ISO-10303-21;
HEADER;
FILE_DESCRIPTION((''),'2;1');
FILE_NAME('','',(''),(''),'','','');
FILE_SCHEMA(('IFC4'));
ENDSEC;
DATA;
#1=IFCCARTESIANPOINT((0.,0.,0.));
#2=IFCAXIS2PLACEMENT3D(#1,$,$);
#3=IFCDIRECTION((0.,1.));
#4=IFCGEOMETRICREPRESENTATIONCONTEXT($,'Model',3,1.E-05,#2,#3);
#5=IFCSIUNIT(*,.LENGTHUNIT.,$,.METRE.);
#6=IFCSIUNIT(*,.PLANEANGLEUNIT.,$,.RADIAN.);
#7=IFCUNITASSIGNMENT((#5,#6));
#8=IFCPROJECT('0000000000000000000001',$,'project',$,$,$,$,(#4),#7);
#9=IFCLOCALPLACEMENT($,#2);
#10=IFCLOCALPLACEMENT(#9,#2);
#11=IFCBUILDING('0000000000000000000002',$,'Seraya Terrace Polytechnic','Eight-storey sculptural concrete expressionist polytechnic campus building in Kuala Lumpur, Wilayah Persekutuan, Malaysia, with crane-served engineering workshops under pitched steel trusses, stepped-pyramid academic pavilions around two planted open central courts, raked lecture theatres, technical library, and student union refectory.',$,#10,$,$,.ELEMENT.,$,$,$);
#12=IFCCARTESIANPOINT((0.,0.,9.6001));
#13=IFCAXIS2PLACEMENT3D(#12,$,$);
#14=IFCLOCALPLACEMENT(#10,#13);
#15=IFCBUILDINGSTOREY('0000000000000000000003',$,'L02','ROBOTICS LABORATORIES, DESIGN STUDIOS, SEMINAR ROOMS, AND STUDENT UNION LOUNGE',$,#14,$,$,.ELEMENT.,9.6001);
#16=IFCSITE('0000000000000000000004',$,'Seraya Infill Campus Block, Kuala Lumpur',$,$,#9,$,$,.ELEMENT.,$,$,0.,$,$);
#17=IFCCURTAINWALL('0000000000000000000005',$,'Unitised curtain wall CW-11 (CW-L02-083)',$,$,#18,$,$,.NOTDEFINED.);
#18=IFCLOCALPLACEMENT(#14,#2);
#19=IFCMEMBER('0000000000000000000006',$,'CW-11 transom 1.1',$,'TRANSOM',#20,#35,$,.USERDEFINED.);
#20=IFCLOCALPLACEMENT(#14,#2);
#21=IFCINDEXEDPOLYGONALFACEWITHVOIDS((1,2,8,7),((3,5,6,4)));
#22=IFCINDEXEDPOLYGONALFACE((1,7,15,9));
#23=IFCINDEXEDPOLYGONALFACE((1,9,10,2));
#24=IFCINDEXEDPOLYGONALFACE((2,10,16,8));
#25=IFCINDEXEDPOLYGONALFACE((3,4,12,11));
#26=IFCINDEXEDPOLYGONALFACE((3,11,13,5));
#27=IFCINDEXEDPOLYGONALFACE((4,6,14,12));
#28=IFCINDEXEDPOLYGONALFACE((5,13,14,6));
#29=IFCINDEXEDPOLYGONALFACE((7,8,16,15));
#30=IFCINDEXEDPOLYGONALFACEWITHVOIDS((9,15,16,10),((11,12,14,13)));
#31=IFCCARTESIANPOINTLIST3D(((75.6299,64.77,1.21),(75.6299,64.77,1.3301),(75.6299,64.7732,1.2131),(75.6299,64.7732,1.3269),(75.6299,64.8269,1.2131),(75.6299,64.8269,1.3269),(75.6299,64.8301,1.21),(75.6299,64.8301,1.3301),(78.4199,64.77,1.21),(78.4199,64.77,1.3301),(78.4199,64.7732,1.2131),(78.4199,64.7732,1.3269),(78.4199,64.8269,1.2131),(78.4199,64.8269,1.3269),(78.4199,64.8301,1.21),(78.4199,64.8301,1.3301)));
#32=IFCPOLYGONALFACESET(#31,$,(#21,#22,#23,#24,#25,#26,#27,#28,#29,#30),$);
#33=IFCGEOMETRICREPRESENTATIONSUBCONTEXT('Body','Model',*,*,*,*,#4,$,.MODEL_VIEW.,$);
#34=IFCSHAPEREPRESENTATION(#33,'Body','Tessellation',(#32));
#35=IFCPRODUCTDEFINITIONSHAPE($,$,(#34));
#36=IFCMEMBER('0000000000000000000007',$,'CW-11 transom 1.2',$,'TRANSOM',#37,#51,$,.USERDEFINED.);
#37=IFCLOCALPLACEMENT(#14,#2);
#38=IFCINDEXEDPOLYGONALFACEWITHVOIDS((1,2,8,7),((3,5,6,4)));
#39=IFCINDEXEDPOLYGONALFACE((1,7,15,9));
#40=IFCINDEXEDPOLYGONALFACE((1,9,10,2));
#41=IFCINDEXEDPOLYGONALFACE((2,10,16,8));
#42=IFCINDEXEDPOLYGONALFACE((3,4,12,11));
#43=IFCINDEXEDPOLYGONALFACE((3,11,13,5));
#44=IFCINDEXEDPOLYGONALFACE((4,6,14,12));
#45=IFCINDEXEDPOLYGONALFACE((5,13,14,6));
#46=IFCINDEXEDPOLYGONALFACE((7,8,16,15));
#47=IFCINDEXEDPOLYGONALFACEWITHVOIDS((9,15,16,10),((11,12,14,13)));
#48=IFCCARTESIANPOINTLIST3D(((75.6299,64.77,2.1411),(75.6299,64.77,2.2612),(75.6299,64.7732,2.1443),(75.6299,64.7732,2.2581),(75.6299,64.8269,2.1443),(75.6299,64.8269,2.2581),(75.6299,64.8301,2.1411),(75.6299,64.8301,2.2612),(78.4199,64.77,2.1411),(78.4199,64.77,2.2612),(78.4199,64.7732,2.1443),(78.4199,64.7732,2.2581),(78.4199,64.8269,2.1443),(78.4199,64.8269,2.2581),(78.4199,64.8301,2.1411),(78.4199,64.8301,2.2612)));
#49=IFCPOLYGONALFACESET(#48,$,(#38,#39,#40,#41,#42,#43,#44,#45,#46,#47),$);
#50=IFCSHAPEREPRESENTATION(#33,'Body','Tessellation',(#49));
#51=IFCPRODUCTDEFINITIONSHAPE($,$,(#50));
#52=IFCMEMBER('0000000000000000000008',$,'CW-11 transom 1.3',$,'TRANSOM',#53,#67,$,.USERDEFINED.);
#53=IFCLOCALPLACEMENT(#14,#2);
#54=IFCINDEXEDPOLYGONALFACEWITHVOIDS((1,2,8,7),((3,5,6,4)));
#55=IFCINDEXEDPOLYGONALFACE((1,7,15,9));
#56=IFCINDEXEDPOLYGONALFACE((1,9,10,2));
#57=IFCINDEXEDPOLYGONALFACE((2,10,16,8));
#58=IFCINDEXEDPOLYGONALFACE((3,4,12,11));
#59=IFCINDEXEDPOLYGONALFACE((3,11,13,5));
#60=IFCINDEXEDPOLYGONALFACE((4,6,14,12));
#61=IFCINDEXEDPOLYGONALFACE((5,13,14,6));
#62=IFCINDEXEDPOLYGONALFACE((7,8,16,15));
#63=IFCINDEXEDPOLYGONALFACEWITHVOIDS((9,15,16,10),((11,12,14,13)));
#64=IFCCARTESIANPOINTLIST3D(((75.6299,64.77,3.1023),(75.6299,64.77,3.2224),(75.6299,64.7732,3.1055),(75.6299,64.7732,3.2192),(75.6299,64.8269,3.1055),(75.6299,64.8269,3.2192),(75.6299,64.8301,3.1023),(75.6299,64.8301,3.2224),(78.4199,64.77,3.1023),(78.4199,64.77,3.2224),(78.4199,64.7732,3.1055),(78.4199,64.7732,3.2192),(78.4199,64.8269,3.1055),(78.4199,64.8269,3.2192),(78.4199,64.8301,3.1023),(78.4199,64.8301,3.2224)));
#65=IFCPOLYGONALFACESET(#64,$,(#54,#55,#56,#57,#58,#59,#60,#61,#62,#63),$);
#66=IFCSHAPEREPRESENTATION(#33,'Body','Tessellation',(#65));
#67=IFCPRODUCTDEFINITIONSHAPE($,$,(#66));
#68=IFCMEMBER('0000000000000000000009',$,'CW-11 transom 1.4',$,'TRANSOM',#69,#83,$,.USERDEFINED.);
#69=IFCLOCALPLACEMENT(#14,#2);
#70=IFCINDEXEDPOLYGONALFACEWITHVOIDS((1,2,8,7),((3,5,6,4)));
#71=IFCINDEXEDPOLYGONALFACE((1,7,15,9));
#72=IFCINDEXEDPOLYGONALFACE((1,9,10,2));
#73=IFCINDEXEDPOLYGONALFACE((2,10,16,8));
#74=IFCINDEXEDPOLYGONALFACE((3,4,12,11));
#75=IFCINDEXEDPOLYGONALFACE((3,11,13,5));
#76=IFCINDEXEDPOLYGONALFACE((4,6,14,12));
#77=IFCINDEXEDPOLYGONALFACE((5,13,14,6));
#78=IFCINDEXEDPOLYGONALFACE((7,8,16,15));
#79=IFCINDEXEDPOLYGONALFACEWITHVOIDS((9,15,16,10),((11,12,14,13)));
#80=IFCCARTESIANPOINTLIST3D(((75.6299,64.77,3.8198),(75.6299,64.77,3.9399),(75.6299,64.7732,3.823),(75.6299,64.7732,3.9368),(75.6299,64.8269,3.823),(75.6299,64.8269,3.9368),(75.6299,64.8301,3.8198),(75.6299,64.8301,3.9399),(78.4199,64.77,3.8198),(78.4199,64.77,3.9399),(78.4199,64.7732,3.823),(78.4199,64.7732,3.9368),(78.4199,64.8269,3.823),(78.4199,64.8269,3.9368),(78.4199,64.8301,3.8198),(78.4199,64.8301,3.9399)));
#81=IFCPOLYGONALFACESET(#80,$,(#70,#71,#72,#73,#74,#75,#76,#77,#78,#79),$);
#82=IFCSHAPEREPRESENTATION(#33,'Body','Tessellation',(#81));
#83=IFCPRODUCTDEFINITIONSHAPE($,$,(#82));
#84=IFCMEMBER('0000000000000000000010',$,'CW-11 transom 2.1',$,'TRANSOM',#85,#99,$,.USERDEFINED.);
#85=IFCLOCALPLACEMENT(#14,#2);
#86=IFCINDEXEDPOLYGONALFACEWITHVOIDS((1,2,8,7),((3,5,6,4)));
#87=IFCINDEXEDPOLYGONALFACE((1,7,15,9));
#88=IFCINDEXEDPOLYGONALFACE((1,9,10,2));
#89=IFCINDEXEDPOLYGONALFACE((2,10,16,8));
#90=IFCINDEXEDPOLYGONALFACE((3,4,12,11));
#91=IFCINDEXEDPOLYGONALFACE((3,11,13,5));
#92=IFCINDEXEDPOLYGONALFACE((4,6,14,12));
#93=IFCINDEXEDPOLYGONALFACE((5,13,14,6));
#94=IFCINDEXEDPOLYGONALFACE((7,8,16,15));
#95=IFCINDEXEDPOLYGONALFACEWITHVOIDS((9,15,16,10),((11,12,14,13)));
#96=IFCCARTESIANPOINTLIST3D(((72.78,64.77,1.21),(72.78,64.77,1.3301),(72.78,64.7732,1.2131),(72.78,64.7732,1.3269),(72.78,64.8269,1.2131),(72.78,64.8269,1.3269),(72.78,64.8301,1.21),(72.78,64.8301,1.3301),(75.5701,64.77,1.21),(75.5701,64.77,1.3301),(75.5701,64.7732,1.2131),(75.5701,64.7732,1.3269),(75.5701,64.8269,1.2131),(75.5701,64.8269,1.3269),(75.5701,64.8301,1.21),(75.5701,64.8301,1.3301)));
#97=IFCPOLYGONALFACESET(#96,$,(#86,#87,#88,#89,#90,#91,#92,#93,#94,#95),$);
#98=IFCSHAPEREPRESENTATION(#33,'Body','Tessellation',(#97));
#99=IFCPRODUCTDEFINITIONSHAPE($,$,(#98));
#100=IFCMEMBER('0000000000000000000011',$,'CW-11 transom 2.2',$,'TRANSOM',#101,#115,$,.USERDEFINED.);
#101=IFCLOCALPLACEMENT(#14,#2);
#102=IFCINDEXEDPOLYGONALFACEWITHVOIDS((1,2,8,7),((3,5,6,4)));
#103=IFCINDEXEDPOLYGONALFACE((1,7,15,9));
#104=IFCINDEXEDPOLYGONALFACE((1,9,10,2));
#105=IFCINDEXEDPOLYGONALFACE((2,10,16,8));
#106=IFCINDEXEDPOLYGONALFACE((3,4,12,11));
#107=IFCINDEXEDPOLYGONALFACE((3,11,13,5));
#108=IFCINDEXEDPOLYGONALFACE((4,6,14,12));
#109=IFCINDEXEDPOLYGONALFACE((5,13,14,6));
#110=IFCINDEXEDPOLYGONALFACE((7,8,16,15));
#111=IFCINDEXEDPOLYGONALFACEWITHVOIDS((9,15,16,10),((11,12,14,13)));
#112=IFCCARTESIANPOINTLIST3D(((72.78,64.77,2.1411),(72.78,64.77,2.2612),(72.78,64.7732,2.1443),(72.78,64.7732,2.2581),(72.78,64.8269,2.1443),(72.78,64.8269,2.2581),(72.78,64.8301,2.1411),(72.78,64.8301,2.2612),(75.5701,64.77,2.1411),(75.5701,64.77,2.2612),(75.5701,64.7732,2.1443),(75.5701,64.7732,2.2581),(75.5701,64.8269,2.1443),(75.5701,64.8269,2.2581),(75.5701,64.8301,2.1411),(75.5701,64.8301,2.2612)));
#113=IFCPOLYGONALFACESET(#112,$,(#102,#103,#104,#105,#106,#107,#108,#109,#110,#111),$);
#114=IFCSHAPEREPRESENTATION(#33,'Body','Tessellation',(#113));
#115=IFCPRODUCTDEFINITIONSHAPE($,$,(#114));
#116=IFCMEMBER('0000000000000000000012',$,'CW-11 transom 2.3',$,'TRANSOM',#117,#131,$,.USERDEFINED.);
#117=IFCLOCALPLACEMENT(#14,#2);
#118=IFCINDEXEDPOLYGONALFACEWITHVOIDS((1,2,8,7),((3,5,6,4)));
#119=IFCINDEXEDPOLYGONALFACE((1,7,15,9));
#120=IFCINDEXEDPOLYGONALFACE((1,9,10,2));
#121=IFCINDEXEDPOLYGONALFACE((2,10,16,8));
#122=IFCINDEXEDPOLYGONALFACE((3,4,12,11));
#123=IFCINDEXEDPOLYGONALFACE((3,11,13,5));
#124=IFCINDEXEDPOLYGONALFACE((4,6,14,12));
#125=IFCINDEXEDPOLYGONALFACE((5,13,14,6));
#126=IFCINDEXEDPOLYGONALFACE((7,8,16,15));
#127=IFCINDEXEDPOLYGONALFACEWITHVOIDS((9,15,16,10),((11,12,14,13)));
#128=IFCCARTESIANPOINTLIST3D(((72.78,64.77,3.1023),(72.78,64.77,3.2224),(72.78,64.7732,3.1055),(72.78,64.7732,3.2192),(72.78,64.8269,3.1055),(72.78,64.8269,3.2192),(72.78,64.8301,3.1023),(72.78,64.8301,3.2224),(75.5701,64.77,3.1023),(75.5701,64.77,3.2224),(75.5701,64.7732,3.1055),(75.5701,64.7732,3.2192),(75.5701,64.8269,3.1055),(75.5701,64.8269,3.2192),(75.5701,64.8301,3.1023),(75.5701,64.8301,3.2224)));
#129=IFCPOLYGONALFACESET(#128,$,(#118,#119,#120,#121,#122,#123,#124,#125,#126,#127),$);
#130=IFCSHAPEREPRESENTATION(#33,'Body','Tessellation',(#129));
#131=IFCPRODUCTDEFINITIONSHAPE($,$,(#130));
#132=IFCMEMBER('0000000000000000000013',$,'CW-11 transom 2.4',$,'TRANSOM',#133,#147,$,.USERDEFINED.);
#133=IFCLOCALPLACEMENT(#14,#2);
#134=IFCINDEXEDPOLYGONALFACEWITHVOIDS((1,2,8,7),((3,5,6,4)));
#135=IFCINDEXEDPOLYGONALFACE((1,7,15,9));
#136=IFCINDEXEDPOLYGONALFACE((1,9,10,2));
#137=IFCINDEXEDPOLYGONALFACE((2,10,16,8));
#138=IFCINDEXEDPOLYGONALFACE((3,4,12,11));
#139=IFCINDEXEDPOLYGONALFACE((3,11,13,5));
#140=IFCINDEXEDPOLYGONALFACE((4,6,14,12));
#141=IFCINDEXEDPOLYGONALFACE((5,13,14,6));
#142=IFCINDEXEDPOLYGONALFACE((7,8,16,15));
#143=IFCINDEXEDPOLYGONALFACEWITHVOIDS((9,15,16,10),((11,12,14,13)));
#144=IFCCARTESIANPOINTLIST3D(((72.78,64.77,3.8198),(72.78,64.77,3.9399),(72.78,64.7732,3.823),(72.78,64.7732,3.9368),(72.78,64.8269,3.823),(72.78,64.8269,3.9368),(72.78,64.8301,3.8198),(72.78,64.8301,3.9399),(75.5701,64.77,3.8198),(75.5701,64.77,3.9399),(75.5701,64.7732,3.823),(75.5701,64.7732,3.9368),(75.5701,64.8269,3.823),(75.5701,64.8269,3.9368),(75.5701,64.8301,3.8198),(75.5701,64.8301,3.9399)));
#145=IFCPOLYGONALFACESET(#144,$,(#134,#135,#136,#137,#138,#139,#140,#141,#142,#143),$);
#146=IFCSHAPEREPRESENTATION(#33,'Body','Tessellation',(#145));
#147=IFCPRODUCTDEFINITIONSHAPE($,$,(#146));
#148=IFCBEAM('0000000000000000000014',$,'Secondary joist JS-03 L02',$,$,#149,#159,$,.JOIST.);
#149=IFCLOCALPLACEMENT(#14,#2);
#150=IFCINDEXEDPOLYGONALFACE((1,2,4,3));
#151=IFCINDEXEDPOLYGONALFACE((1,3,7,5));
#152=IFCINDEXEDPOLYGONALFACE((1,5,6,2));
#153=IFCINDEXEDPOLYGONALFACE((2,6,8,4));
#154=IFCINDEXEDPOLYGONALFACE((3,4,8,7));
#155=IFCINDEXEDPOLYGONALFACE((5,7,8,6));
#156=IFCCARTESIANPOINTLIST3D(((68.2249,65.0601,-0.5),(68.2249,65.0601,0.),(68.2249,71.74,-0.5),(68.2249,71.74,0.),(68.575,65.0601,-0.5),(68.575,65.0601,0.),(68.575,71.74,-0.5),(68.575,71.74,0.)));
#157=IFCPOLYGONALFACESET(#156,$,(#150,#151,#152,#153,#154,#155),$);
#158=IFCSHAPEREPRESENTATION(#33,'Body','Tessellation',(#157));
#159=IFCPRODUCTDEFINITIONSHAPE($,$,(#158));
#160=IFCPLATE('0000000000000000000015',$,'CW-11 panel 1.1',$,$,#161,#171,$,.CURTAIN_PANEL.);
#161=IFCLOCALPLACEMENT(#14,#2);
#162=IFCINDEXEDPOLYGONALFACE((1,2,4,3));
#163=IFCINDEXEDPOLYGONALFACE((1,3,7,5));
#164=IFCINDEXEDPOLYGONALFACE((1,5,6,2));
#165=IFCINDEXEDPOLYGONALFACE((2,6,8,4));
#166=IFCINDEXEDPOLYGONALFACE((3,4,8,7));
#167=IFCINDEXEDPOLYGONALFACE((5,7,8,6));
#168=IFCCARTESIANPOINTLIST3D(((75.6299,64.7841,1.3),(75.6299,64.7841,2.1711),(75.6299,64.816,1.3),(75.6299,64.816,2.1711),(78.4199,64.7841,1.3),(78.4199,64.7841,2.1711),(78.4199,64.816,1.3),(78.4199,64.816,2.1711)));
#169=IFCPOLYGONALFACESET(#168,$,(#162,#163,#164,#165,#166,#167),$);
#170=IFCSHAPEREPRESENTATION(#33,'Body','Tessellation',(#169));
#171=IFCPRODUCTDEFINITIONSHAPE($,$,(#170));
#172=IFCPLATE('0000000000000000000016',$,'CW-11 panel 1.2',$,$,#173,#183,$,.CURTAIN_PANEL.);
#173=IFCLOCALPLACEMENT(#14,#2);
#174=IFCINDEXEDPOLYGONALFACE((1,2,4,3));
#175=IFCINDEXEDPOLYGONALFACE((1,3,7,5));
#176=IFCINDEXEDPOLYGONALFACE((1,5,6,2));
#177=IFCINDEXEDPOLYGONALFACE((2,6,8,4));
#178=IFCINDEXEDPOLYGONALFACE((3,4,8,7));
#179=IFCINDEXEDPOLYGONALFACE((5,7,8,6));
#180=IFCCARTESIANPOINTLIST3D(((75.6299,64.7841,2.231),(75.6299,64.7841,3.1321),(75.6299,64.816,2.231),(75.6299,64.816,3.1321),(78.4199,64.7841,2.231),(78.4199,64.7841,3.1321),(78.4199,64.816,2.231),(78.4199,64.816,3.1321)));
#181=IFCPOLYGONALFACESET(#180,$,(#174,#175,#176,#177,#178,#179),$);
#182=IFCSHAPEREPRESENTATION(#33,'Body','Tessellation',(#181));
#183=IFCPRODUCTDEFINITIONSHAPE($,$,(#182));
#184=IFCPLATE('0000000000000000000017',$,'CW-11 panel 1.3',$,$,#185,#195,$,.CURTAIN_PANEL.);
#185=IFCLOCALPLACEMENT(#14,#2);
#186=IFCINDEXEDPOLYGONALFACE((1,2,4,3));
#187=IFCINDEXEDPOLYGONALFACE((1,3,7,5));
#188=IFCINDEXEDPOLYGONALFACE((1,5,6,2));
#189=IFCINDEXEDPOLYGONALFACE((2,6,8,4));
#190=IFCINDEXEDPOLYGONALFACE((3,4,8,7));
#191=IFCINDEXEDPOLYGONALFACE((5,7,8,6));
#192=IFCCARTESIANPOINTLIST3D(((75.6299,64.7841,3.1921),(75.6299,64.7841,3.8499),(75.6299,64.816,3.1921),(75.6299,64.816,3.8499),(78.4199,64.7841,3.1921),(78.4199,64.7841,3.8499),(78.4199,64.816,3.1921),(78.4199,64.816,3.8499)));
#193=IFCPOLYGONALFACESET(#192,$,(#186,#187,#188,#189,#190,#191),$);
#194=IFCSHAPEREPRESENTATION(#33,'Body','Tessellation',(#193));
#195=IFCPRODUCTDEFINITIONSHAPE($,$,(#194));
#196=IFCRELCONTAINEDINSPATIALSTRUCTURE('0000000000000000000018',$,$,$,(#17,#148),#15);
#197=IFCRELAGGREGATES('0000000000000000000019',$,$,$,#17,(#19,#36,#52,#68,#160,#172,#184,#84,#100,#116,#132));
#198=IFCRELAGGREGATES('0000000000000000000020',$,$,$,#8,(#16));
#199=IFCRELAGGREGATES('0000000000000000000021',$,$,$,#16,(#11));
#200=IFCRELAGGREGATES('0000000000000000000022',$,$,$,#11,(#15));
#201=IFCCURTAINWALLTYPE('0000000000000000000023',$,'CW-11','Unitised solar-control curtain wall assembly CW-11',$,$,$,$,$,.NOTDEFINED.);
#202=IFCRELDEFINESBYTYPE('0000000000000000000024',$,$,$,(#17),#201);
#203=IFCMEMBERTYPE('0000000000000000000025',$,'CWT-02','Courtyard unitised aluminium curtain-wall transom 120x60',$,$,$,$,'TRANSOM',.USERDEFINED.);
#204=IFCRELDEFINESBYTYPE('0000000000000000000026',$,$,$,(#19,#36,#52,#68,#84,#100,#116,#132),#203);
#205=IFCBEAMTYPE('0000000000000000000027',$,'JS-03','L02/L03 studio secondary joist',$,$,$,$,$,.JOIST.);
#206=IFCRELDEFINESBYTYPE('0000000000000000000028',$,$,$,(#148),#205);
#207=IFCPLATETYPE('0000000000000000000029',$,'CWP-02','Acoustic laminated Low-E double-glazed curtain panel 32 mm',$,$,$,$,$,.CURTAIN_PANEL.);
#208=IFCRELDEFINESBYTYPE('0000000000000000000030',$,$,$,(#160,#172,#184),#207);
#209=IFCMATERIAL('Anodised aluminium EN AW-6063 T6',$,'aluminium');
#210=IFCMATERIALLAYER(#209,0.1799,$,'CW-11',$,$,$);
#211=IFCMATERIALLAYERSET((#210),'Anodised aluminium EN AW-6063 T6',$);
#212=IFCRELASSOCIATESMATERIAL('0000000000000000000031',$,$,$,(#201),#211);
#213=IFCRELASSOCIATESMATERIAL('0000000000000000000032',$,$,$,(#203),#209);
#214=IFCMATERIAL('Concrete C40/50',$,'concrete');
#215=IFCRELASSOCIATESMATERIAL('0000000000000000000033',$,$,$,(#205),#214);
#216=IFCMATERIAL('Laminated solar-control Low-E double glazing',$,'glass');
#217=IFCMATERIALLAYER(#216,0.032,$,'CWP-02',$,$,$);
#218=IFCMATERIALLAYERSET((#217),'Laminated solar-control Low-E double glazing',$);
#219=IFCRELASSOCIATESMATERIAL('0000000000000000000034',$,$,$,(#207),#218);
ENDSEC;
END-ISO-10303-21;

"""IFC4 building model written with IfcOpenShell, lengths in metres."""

from ifc_helpers import new_model, si_unit, direction, frame, origin, origin_2d, place, context, subcontext, project, spatial, rectangle, hollow_rectangle, extrude, material, layer, layer_set, material_profile, profile_set, type_object, element, aggregate, save


model = new_model("IFC4")

# Units and contexts
model_context = context("Model", 3, precision=1e-05, world=origin(), true_north=direction((0.0, 1.0)))
body_context = subcontext(model_context, "Body", "Model", "MODEL_VIEW")
ifc_project = project(units=[si_unit("LENGTHUNIT", "METRE"), si_unit("PLANEANGLEUNIT", "RADIAN")], contexts=[model_context])

# Site, building, storey
site_placement = place(None, origin())
site = spatial("IfcSite", under=ifc_project, at=site_placement, Name="Seraya Infill Campus Block, Kuala Lumpur", CompositionType="ELEMENT", RefElevation=0.0)
building_placement = place(site_placement, origin())
building = spatial("IfcBuilding", under=site, at=building_placement, Name="Seraya Terrace Polytechnic", Description="Eight-storey sculptural concrete expressionist polytechnic campus building in Kuala Lumpur, Wilayah Persekutuan, Malaysia, with crane-served engineering workshops under pitched steel trusses, stepped-pyramid academic pavilions around two planted open central courts, raked lecture theatres, technical library, and student union refectory.", CompositionType="ELEMENT")
storey_placement = place(building_placement, frame((0.0, 0.0, 9.6001)))
storey = spatial("IfcBuildingStorey", under=building, at=storey_placement, Name="L02", Description="ROBOTICS LABORATORIES, DESIGN STUDIOS, SEMINAR ROOMS, AND STUDENT UNION LOUNGE", CompositionType="ELEMENT", Elevation=9.6001)

# Shared definitions
ifc_material_1 = material(Name="Concrete C40/50", Category="concrete")

# Curtain wall, members
ifc_material_2 = material(Name="Anodised aluminium EN AW-6063 T6", Category="aluminium")
ifc_layer_1 = layer(ifc_material_2, 0.1799, Name="CW-11")
ifc_layer_set_1 = layer_set([ifc_layer_1], Name="Anodised aluminium EN AW-6063 T6")
curtain_wall_type = type_object("IfcCurtainWallType", Name="CW-11", Description="Unitised solar-control curtain wall assembly CW-11", PredefinedType="NOTDEFINED", material=ifc_layer_set_1)
curtain_wall_placement = place(storey_placement, origin())
curtain_wall = element("IfcCurtainWall", 1, at=curtain_wall_placement, inside=storey, type_object=curtain_wall_type, Name="Unitised curtain wall CW-11 (CW-L02-083)", PredefinedType="NOTDEFINED")
ifc_material_profile_1 = material_profile(ifc_material_2, hollow_rectangle(XDim=0.0601, YDim=0.1201, WallThickness=0.0032, at=origin_2d()), Name="RHS 120x60x3.2")
ifc_profile_set_1 = profile_set([ifc_material_profile_1], Name="Anodised aluminium EN AW-6063 T6")
member_type_1 = type_object("IfcMemberType", Name="CWT-02", Description="Courtyard unitised aluminium curtain-wall transom 120x60", ElementType="TRANSOM", PredefinedType="USERDEFINED", material=ifc_profile_set_1)
member_1_placement = place(storey_placement, frame((78.4199, 64.8, 1.27), z_axis=(-1.0, 0.0, 0.0), x_axis=(0.0, -1.0, 0.0)))
member_1 = element("IfcMember", 2, at=member_1_placement, type_object=member_type_1, Name="CW-11 transom 1.1", ObjectType="TRANSOM", PredefinedType="USERDEFINED", context=body_context, shape_type="SweptSolid", body=[
    extrude(hollow_rectangle(XDim=0.0601, YDim=0.1201, WallThickness=0.0032, at=origin_2d()), origin(), (0.0, 0.0, 1.0), 2.79),
])
member_2_placement = place(storey_placement, frame((78.4199, 64.8, 2.2012), z_axis=(-1.0, 0.0, 0.0), x_axis=(0.0, -1.0, 0.0)))
member_2 = element("IfcMember", 3, at=member_2_placement, type_object=member_type_1, Name="CW-11 transom 1.2", ObjectType="TRANSOM", PredefinedType="USERDEFINED", context=body_context, shape_type="SweptSolid", body=[
    extrude(hollow_rectangle(XDim=0.0601, YDim=0.1201, WallThickness=0.0032, at=origin_2d()), origin(), (0.0, 0.0, 1.0), 2.79),
])
member_3_placement = place(storey_placement, frame((78.4199, 64.8, 3.1624), z_axis=(-1.0, 0.0, 0.0), x_axis=(0.0, -1.0, 0.0)))
member_3 = element("IfcMember", 4, at=member_3_placement, type_object=member_type_1, Name="CW-11 transom 1.3", ObjectType="TRANSOM", PredefinedType="USERDEFINED", context=body_context, shape_type="SweptSolid", body=[
    extrude(hollow_rectangle(XDim=0.0601, YDim=0.1201, WallThickness=0.0032, at=origin_2d()), origin(), (0.0, 0.0, 1.0), 2.79),
])
member_4_placement = place(storey_placement, frame((78.4199, 64.8, 3.8799), z_axis=(-1.0, 0.0, 0.0), x_axis=(0.0, -1.0, 0.0)))
member_4 = element("IfcMember", 5, at=member_4_placement, type_object=member_type_1, Name="CW-11 transom 1.4", ObjectType="TRANSOM", PredefinedType="USERDEFINED", context=body_context, shape_type="SweptSolid", body=[
    extrude(hollow_rectangle(XDim=0.0601, YDim=0.1201, WallThickness=0.0032, at=origin_2d()), origin(), (0.0, 0.0, 1.0), 2.79),
])
member_5_placement = place(storey_placement, frame((75.5701, 64.8, 1.27), z_axis=(-1.0, 0.0, 0.0), x_axis=(0.0, -1.0, 0.0)))
member_5 = element("IfcMember", 6, at=member_5_placement, type_object=member_type_1, Name="CW-11 transom 2.1", ObjectType="TRANSOM", PredefinedType="USERDEFINED", context=body_context, shape_type="SweptSolid", body=[
    extrude(hollow_rectangle(XDim=0.0601, YDim=0.1201, WallThickness=0.0032, at=origin_2d()), origin(), (0.0, 0.0, 1.0), 2.79),
])
member_6_placement = place(storey_placement, frame((75.5701, 64.8, 2.2012), z_axis=(-1.0, 0.0, 0.0), x_axis=(0.0, -1.0, 0.0)))
member_6 = element("IfcMember", 7, at=member_6_placement, type_object=member_type_1, Name="CW-11 transom 2.2", ObjectType="TRANSOM", PredefinedType="USERDEFINED", context=body_context, shape_type="SweptSolid", body=[
    extrude(hollow_rectangle(XDim=0.0601, YDim=0.1201, WallThickness=0.0032, at=origin_2d()), origin(), (0.0, 0.0, 1.0), 2.79),
])
member_7_placement = place(storey_placement, frame((75.5701, 64.8, 3.1624), z_axis=(-1.0, 0.0, 0.0), x_axis=(0.0, -1.0, 0.0)))
member_7 = element("IfcMember", 8, at=member_7_placement, type_object=member_type_1, Name="CW-11 transom 2.3", ObjectType="TRANSOM", PredefinedType="USERDEFINED", context=body_context, shape_type="SweptSolid", body=[
    extrude(hollow_rectangle(XDim=0.0601, YDim=0.1201, WallThickness=0.0032, at=origin_2d()), origin(), (0.0, 0.0, 1.0), 2.79),
])
member_8_placement = place(storey_placement, frame((75.5701, 64.8, 3.8799), z_axis=(-1.0, 0.0, 0.0), x_axis=(0.0, -1.0, 0.0)))
member_8 = element("IfcMember", 9, at=member_8_placement, type_object=member_type_1, Name="CW-11 transom 2.4", ObjectType="TRANSOM", PredefinedType="USERDEFINED", context=body_context, shape_type="SweptSolid", body=[
    extrude(hollow_rectangle(XDim=0.0601, YDim=0.1201, WallThickness=0.0032, at=origin_2d()), origin(), (0.0, 0.0, 1.0), 2.79),
])

# Beam
ifc_material_profile_2 = material_profile(ifc_material_1, rectangle(XDim=0.3501, YDim=0.5, at=origin_2d()), Name="RC 350x500")
ifc_profile_set_2 = profile_set([ifc_material_profile_2], Name="Concrete C40/50")
beam_type_1 = type_object("IfcBeamType", Name="JS-03", Description="L02/L03 studio secondary joist", PredefinedType="JOIST", material=ifc_profile_set_2)
beam_1_placement = place(storey_placement, frame((68.3999, 65.0601, -0.25), z_axis=(0.0, 1.0, 0.0), x_axis=(-1.0, 0.0, 0.0)))
element("IfcBeam", 10, at=beam_1_placement, inside=storey, type_object=beam_type_1, Name="Secondary joist JS-03 L02", PredefinedType="JOIST", context=body_context, shape_type="SweptSolid", body=[
    extrude(rectangle(XDim=0.3501, YDim=0.5, at=origin_2d()), origin(), (0.0, 0.0, 1.0), 6.6799),
])

# Plates
ifc_material_3 = material(Name="Laminated solar-control Low-E double glazing", Category="glass")
ifc_layer_2 = layer(ifc_material_3, 0.032, Name="CWP-02")
ifc_layer_set_2 = layer_set([ifc_layer_2], Name="Laminated solar-control Low-E double glazing")
plate_type = type_object("IfcPlateType", Name="CWP-02", Description="Acoustic laminated Low-E double-glazed curtain panel 32 mm", PredefinedType="CURTAIN_PANEL", material=ifc_layer_set_2)
plate_1_placement = place(storey_placement, frame((77.0249, 64.8, 1.3), z_axis=(0.0, 0.0, 1.0), x_axis=(-1.0, 0.0, 0.0)))
plate_1 = element("IfcPlate", 11, at=plate_1_placement, type_object=plate_type, Name="CW-11 panel 1.1", PredefinedType="CURTAIN_PANEL", context=body_context, shape_type="SweptSolid", body=[
    extrude(rectangle(XDim=2.79, YDim=0.032, at=origin_2d()), origin(), (0.0, 0.0, 1.0), 0.8711),
])
plate_2_placement = place(storey_placement, frame((77.0249, 64.8, 2.231), z_axis=(0.0, 0.0, 1.0), x_axis=(-1.0, 0.0, 0.0)))
plate_2 = element("IfcPlate", 12, at=plate_2_placement, type_object=plate_type, Name="CW-11 panel 1.2", PredefinedType="CURTAIN_PANEL", context=body_context, shape_type="SweptSolid", body=[
    extrude(rectangle(XDim=2.79, YDim=0.032, at=origin_2d()), origin(), (0.0, 0.0, 1.0), 0.9011),
])
plate_3_placement = place(storey_placement, frame((77.0249, 64.8, 3.1921), z_axis=(0.0, 0.0, 1.0), x_axis=(-1.0, 0.0, 0.0)))
plate_3 = element("IfcPlate", 13, at=plate_3_placement, type_object=plate_type, Name="CW-11 panel 1.3", PredefinedType="CURTAIN_PANEL", context=body_context, shape_type="SweptSolid", body=[
    extrude(rectangle(XDim=2.79, YDim=0.032, at=origin_2d()), origin(), (0.0, 0.0, 1.0), 0.6577),
])
aggregate(curtain_wall, [member_1, member_2, member_3, member_4, plate_1, plate_2, plate_3, member_5, member_6, member_7, member_8])

save(model, "model.ifc")
